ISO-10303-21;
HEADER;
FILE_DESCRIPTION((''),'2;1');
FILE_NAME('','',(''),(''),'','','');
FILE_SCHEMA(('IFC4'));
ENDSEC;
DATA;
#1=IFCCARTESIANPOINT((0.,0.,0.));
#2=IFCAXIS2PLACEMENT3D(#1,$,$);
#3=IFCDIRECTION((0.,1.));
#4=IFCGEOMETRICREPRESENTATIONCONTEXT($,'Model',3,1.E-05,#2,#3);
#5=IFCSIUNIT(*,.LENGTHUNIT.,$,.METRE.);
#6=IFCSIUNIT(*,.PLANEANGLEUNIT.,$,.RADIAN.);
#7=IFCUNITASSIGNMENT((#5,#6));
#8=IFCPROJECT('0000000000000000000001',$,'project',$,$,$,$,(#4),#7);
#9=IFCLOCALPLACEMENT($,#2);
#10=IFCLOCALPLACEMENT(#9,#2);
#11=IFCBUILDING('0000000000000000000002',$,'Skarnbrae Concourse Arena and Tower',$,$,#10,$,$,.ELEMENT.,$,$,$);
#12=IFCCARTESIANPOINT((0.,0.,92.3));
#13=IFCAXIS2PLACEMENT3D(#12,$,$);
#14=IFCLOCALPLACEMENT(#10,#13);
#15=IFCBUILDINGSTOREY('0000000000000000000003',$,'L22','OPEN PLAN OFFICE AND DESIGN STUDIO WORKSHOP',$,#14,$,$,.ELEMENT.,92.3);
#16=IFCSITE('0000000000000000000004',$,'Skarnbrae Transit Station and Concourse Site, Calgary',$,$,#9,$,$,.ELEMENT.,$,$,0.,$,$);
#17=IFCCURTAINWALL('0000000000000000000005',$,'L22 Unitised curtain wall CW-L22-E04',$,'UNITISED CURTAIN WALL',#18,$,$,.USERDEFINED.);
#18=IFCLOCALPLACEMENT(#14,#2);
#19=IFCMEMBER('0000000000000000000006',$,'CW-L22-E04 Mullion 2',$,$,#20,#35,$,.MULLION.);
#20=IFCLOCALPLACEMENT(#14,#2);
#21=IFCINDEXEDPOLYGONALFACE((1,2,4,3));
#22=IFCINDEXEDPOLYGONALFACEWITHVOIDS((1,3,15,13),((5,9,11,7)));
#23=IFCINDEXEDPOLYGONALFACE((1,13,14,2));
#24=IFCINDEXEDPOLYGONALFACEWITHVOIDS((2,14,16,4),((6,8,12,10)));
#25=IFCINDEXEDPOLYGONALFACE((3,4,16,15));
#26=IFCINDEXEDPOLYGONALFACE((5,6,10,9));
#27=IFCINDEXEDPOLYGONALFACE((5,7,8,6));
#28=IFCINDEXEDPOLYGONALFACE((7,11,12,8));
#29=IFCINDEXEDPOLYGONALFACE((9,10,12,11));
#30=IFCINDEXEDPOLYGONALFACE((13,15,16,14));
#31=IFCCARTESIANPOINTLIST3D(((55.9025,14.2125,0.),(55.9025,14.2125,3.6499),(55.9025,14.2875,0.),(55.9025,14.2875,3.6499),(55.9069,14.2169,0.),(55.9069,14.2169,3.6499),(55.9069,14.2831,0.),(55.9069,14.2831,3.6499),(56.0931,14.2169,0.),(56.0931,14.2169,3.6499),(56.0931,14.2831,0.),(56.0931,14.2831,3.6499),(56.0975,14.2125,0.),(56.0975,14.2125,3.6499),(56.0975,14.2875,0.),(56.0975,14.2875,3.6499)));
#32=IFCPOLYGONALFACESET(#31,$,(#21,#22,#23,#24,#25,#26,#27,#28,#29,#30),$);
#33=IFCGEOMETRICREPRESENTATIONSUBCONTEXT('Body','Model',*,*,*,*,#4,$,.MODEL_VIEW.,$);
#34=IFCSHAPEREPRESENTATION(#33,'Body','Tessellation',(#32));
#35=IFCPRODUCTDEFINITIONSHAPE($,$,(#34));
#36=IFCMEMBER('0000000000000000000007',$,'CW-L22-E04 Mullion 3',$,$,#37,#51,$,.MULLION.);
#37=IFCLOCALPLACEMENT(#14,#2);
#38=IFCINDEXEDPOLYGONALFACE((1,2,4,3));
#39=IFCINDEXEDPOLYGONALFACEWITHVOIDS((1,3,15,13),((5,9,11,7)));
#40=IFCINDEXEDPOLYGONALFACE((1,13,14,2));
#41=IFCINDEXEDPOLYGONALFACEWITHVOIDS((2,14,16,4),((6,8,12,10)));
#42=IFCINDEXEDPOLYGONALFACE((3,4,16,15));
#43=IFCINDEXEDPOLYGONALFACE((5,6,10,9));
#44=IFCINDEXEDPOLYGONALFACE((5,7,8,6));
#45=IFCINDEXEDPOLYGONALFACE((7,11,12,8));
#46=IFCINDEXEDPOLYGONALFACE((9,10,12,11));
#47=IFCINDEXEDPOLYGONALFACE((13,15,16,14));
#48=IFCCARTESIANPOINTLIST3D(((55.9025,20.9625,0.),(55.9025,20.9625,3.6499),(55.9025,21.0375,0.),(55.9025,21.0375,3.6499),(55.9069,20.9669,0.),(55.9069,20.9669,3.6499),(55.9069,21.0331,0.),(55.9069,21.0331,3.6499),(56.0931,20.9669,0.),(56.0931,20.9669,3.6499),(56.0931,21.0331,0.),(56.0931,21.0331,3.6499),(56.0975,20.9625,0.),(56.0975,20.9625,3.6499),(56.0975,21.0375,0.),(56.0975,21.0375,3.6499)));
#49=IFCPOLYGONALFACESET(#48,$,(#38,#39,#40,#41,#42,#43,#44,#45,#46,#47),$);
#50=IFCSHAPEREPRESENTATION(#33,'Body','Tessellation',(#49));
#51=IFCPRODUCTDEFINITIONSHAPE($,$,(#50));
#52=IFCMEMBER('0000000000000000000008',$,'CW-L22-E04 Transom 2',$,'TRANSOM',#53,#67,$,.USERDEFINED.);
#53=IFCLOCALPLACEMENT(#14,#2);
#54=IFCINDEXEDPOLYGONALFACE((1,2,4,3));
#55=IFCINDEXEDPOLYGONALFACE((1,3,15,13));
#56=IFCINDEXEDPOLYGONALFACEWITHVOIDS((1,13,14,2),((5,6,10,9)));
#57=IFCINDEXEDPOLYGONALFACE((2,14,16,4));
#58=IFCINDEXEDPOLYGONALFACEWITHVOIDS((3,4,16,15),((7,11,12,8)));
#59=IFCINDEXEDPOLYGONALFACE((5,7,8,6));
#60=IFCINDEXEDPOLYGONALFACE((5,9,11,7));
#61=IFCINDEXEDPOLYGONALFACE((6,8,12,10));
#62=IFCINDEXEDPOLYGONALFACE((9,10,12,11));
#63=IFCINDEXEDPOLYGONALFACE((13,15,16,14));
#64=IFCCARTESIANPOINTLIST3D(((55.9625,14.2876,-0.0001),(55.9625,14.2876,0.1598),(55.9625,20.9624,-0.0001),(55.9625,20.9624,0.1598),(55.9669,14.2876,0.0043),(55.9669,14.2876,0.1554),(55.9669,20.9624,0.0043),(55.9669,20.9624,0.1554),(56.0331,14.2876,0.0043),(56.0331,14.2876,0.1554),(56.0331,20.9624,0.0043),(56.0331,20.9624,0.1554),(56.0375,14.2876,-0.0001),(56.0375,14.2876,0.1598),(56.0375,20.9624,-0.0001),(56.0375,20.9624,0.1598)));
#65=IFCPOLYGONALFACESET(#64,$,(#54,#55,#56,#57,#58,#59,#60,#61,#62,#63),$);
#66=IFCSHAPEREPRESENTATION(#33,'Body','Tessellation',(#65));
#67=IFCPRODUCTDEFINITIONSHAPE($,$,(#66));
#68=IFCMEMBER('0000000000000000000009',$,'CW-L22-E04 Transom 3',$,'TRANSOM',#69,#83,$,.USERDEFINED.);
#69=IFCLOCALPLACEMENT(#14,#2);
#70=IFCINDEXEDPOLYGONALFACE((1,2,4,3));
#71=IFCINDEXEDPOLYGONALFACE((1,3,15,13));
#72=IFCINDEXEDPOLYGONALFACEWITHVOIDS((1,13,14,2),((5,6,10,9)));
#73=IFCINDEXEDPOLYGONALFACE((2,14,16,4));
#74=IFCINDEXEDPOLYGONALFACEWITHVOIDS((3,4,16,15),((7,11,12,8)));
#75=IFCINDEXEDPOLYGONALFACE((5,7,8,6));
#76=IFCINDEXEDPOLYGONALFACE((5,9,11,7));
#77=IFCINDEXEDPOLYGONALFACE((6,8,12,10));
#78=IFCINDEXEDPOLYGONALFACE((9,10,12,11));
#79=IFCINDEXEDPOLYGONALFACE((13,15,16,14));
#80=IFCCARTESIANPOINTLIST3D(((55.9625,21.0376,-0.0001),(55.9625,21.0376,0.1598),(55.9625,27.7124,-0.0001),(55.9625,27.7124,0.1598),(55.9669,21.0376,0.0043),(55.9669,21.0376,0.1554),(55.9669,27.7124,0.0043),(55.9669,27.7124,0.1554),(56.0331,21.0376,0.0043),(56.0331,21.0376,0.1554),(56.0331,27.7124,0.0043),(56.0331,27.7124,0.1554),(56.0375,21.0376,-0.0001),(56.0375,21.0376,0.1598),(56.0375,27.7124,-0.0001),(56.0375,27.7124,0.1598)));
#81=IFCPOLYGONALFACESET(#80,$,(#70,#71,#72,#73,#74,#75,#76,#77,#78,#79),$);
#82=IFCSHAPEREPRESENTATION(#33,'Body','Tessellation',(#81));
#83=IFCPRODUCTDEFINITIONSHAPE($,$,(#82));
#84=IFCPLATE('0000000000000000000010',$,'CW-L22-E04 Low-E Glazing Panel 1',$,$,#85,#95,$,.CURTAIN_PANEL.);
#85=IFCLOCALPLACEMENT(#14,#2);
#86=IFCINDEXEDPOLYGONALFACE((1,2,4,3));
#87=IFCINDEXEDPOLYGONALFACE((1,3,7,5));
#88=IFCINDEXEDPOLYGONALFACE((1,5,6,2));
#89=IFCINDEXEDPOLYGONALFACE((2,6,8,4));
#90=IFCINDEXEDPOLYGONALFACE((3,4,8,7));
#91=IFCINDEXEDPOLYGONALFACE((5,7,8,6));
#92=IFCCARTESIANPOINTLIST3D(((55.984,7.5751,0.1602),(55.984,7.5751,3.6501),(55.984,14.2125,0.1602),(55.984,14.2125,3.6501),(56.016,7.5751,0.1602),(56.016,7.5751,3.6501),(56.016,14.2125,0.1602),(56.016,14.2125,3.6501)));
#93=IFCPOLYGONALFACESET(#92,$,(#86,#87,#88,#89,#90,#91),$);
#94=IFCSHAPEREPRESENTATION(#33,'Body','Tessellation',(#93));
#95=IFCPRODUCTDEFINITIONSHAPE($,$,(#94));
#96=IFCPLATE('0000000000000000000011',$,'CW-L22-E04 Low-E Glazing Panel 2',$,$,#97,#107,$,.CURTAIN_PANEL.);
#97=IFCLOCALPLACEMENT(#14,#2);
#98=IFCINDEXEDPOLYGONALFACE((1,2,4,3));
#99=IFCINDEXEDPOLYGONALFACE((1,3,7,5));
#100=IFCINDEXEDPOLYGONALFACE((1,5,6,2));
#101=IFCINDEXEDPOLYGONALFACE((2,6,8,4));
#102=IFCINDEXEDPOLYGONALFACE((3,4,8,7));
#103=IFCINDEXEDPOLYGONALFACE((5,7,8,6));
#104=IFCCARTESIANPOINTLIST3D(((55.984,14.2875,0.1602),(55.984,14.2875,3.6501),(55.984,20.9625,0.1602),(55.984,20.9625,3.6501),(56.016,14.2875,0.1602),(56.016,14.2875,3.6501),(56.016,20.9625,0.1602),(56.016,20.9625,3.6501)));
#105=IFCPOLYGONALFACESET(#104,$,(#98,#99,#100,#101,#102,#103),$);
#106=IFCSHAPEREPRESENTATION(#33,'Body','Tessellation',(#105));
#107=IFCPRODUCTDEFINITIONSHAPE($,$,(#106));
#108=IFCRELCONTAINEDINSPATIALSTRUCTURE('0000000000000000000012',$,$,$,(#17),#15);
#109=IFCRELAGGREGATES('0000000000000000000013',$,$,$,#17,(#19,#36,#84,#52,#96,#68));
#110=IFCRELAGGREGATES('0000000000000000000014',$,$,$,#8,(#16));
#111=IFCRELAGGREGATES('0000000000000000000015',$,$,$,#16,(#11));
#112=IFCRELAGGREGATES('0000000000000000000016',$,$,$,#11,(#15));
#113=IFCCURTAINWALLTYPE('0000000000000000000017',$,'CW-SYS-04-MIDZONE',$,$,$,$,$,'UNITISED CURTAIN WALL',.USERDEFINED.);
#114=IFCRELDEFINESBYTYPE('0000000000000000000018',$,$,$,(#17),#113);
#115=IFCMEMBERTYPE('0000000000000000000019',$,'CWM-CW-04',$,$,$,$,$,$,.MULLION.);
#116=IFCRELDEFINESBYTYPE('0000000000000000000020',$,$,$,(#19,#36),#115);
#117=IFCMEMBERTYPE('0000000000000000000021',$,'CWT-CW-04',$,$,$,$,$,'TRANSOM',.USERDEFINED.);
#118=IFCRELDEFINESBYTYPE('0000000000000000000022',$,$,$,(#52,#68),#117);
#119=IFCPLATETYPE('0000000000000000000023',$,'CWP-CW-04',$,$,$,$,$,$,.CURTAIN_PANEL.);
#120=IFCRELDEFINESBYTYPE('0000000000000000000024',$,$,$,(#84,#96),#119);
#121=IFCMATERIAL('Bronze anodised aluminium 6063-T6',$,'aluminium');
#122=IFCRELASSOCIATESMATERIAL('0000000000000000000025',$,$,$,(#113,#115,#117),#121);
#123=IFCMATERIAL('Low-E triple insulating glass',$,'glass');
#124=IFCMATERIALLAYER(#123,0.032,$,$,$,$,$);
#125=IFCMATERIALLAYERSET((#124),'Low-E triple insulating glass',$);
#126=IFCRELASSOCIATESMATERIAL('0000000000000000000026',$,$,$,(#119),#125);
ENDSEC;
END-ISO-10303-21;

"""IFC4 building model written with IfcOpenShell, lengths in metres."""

from ifc_helpers import new_model, si_unit, direction, frame, origin, origin_2d, place, context, subcontext, project, spatial, rectangle, hollow_rectangle, extrude, source, transform, mapped, material, layer, layer_set, material_profile, profile_set, type_object, element, aggregate, save


model = new_model("IFC4")

# Units and contexts
model_context = context("Model", 3, precision=1e-05, world=origin(), true_north=direction((0.0, 1.0)))
body_context = subcontext(model_context, "Body", "Model", "MODEL_VIEW")
ifc_project = project(units=[si_unit("LENGTHUNIT", "METRE"), si_unit("PLANEANGLEUNIT", "RADIAN")], contexts=[model_context])

# Site, building, storey
site_placement = place(None, origin())
site = spatial("IfcSite", under=ifc_project, at=site_placement, Name="Skarnbrae Transit Station and Concourse Site, Calgary", CompositionType="ELEMENT", RefElevation=0.0)
building_placement = place(site_placement, origin())
building = spatial("IfcBuilding", under=site, at=building_placement, Name="Skarnbrae Concourse Arena and Tower", CompositionType="ELEMENT")
storey_placement = place(building_placement, frame((0.0, 0.0, 92.3)))
storey = spatial("IfcBuildingStorey", under=building, at=storey_placement, Name="L22", Description="OPEN PLAN OFFICE AND DESIGN STUDIO WORKSHOP", CompositionType="ELEMENT", Elevation=92.3)

# Curtain wall, members, plates
ifc_material_1 = material(Name="Bronze anodised aluminium 6063-T6", Category="aluminium")
curtain_wall_type = type_object("IfcCurtainWallType", Name="CW-SYS-04-MIDZONE", ElementType="UNITISED CURTAIN WALL", PredefinedType="USERDEFINED", material=ifc_material_1)
curtain_wall_placement = place(storey_placement, origin())
curtain_wall = element("IfcCurtainWall", 1, at=curtain_wall_placement, inside=storey, type_object=curtain_wall_type, Name="L22 Unitised curtain wall CW-L22-E04", ObjectType="UNITISED CURTAIN WALL", PredefinedType="USERDEFINED")
ifc_material_profile_1 = material_profile(ifc_material_1, hollow_rectangle(XDim=0.075, YDim=0.1951, WallThickness=0.0044, at=origin_2d()), Name="ALU-MULL-75X195")
ifc_profile_set_1 = profile_set([ifc_material_profile_1], Name="Bronze anodised aluminium 6063-T6")
member_type_1 = type_object("IfcMemberType", Name="CWM-CW-04", PredefinedType="MULLION", material=ifc_profile_set_1)
shared_shape_1 = source(origin(), body_context, "Body", "SweptSolid", [
    extrude(hollow_rectangle(XDim=0.075, YDim=0.1951, WallThickness=0.0044, at=origin_2d()), origin(), (0.0, 0.0, 1.0), 3.6499),
])
member_1_placement = place(storey_placement, frame((56.0, 14.25, 0.0), z_axis=(0.0, 0.0, 1.0), x_axis=(0.0, 1.0, 0.0)))
member_1 = element("IfcMember", 2, at=member_1_placement, type_object=member_type_1, Name="CW-L22-E04 Mullion 2", PredefinedType="MULLION", context=body_context, shape_type="MappedRepresentation", body=[
    mapped(shared_shape_1, transform((0.0, 0.0, 0.0))),
])
member_2_placement = place(storey_placement, frame((56.0, 21.0, 0.0), z_axis=(0.0, 0.0, 1.0), x_axis=(0.0, 1.0, 0.0)))
member_2 = element("IfcMember", 3, at=member_2_placement, type_object=member_type_1, Name="CW-L22-E04 Mullion 3", PredefinedType="MULLION", context=body_context, shape_type="MappedRepresentation", body=[
    mapped(shared_shape_1, transform((0.0, 0.0, 0.0))),
])
ifc_material_profile_2 = material_profile(ifc_material_1, hollow_rectangle(XDim=0.075, YDim=0.1599, WallThickness=0.0044, at=origin_2d()), Name="ALU-TRAN-75X160")
ifc_profile_set_2 = profile_set([ifc_material_profile_2], Name="Bronze anodised aluminium 6063-T6")
member_type_2 = type_object("IfcMemberType", Name="CWT-CW-04", ElementType="TRANSOM", PredefinedType="USERDEFINED", material=ifc_profile_set_2)
shared_shape_2 = source(origin(), body_context, "Body", "SweptSolid", [
    extrude(hollow_rectangle(XDim=0.075, YDim=0.1599, WallThickness=0.0044, at=origin_2d()), origin(), (0.0, 0.0, 1.0), 6.6748),
])
member_3_placement = place(storey_placement, frame((56.0, 14.2876, 0.0798), z_axis=(0.0, 1.0, 0.0), x_axis=(-1.0, 0.0, 0.0)))
member_3 = element("IfcMember", 4, at=member_3_placement, type_object=member_type_2, Name="CW-L22-E04 Transom 2", ObjectType="TRANSOM", PredefinedType="USERDEFINED", context=body_context, shape_type="MappedRepresentation", body=[
    mapped(shared_shape_2, transform((0.0, 0.0, 0.0))),
])
member_4_placement = place(storey_placement, frame((56.0, 21.0376, 0.0798), z_axis=(0.0, 1.0, 0.0), x_axis=(-1.0, 0.0, 0.0)))
member_4 = element("IfcMember", 5, at=member_4_placement, type_object=member_type_2, Name="CW-L22-E04 Transom 3", ObjectType="TRANSOM", PredefinedType="USERDEFINED", context=body_context, shape_type="MappedRepresentation", body=[
    mapped(shared_shape_2, transform((0.0, 0.0, 0.0))),
])
ifc_material_2 = material(Name="Low-E triple insulating glass", Category="glass")
ifc_layer = layer(ifc_material_2, 0.032)
ifc_layer_set = layer_set([ifc_layer], Name="Low-E triple insulating glass")
plate_type = type_object("IfcPlateType", Name="CWP-CW-04", PredefinedType="CURTAIN_PANEL", material=ifc_layer_set)
shared_shape_3 = source(origin(), body_context, "Body", "SweptSolid", [
    extrude(rectangle(XDim=6.6375, YDim=0.032, at=origin_2d()), origin(), (0.0, 0.0, 1.0), 3.49),
])
plate_1_placement = place(storey_placement, frame((56.0, 10.8938, 0.1602), z_axis=(0.0, 0.0, 1.0), x_axis=(0.0, 1.0, 0.0)))
plate_1 = element("IfcPlate", 6, at=plate_1_placement, type_object=plate_type, Name="CW-L22-E04 Low-E Glazing Panel 1", PredefinedType="CURTAIN_PANEL", context=body_context, shape_type="MappedRepresentation", body=[
    mapped(shared_shape_3, transform((0.0, 0.0, 0.0))),
])
shared_shape_4 = source(origin(), body_context, "Body", "SweptSolid", [
    extrude(rectangle(XDim=6.675, YDim=0.032, at=origin_2d()), origin(), (0.0, 0.0, 1.0), 3.49),
])
plate_2_placement = place(storey_placement, frame((56.0, 17.625, 0.1602), z_axis=(0.0, 0.0, 1.0), x_axis=(0.0, 1.0, 0.0)))
plate_2 = element("IfcPlate", 7, at=plate_2_placement, type_object=plate_type, Name="CW-L22-E04 Low-E Glazing Panel 2", PredefinedType="CURTAIN_PANEL", context=body_context, shape_type="MappedRepresentation", body=[
    mapped(shared_shape_4, transform((0.0, 0.0, 0.0))),
])
aggregate(curtain_wall, [member_1, member_2, plate_1, member_3, plate_2, member_4])

save(model, "model.ifc")
